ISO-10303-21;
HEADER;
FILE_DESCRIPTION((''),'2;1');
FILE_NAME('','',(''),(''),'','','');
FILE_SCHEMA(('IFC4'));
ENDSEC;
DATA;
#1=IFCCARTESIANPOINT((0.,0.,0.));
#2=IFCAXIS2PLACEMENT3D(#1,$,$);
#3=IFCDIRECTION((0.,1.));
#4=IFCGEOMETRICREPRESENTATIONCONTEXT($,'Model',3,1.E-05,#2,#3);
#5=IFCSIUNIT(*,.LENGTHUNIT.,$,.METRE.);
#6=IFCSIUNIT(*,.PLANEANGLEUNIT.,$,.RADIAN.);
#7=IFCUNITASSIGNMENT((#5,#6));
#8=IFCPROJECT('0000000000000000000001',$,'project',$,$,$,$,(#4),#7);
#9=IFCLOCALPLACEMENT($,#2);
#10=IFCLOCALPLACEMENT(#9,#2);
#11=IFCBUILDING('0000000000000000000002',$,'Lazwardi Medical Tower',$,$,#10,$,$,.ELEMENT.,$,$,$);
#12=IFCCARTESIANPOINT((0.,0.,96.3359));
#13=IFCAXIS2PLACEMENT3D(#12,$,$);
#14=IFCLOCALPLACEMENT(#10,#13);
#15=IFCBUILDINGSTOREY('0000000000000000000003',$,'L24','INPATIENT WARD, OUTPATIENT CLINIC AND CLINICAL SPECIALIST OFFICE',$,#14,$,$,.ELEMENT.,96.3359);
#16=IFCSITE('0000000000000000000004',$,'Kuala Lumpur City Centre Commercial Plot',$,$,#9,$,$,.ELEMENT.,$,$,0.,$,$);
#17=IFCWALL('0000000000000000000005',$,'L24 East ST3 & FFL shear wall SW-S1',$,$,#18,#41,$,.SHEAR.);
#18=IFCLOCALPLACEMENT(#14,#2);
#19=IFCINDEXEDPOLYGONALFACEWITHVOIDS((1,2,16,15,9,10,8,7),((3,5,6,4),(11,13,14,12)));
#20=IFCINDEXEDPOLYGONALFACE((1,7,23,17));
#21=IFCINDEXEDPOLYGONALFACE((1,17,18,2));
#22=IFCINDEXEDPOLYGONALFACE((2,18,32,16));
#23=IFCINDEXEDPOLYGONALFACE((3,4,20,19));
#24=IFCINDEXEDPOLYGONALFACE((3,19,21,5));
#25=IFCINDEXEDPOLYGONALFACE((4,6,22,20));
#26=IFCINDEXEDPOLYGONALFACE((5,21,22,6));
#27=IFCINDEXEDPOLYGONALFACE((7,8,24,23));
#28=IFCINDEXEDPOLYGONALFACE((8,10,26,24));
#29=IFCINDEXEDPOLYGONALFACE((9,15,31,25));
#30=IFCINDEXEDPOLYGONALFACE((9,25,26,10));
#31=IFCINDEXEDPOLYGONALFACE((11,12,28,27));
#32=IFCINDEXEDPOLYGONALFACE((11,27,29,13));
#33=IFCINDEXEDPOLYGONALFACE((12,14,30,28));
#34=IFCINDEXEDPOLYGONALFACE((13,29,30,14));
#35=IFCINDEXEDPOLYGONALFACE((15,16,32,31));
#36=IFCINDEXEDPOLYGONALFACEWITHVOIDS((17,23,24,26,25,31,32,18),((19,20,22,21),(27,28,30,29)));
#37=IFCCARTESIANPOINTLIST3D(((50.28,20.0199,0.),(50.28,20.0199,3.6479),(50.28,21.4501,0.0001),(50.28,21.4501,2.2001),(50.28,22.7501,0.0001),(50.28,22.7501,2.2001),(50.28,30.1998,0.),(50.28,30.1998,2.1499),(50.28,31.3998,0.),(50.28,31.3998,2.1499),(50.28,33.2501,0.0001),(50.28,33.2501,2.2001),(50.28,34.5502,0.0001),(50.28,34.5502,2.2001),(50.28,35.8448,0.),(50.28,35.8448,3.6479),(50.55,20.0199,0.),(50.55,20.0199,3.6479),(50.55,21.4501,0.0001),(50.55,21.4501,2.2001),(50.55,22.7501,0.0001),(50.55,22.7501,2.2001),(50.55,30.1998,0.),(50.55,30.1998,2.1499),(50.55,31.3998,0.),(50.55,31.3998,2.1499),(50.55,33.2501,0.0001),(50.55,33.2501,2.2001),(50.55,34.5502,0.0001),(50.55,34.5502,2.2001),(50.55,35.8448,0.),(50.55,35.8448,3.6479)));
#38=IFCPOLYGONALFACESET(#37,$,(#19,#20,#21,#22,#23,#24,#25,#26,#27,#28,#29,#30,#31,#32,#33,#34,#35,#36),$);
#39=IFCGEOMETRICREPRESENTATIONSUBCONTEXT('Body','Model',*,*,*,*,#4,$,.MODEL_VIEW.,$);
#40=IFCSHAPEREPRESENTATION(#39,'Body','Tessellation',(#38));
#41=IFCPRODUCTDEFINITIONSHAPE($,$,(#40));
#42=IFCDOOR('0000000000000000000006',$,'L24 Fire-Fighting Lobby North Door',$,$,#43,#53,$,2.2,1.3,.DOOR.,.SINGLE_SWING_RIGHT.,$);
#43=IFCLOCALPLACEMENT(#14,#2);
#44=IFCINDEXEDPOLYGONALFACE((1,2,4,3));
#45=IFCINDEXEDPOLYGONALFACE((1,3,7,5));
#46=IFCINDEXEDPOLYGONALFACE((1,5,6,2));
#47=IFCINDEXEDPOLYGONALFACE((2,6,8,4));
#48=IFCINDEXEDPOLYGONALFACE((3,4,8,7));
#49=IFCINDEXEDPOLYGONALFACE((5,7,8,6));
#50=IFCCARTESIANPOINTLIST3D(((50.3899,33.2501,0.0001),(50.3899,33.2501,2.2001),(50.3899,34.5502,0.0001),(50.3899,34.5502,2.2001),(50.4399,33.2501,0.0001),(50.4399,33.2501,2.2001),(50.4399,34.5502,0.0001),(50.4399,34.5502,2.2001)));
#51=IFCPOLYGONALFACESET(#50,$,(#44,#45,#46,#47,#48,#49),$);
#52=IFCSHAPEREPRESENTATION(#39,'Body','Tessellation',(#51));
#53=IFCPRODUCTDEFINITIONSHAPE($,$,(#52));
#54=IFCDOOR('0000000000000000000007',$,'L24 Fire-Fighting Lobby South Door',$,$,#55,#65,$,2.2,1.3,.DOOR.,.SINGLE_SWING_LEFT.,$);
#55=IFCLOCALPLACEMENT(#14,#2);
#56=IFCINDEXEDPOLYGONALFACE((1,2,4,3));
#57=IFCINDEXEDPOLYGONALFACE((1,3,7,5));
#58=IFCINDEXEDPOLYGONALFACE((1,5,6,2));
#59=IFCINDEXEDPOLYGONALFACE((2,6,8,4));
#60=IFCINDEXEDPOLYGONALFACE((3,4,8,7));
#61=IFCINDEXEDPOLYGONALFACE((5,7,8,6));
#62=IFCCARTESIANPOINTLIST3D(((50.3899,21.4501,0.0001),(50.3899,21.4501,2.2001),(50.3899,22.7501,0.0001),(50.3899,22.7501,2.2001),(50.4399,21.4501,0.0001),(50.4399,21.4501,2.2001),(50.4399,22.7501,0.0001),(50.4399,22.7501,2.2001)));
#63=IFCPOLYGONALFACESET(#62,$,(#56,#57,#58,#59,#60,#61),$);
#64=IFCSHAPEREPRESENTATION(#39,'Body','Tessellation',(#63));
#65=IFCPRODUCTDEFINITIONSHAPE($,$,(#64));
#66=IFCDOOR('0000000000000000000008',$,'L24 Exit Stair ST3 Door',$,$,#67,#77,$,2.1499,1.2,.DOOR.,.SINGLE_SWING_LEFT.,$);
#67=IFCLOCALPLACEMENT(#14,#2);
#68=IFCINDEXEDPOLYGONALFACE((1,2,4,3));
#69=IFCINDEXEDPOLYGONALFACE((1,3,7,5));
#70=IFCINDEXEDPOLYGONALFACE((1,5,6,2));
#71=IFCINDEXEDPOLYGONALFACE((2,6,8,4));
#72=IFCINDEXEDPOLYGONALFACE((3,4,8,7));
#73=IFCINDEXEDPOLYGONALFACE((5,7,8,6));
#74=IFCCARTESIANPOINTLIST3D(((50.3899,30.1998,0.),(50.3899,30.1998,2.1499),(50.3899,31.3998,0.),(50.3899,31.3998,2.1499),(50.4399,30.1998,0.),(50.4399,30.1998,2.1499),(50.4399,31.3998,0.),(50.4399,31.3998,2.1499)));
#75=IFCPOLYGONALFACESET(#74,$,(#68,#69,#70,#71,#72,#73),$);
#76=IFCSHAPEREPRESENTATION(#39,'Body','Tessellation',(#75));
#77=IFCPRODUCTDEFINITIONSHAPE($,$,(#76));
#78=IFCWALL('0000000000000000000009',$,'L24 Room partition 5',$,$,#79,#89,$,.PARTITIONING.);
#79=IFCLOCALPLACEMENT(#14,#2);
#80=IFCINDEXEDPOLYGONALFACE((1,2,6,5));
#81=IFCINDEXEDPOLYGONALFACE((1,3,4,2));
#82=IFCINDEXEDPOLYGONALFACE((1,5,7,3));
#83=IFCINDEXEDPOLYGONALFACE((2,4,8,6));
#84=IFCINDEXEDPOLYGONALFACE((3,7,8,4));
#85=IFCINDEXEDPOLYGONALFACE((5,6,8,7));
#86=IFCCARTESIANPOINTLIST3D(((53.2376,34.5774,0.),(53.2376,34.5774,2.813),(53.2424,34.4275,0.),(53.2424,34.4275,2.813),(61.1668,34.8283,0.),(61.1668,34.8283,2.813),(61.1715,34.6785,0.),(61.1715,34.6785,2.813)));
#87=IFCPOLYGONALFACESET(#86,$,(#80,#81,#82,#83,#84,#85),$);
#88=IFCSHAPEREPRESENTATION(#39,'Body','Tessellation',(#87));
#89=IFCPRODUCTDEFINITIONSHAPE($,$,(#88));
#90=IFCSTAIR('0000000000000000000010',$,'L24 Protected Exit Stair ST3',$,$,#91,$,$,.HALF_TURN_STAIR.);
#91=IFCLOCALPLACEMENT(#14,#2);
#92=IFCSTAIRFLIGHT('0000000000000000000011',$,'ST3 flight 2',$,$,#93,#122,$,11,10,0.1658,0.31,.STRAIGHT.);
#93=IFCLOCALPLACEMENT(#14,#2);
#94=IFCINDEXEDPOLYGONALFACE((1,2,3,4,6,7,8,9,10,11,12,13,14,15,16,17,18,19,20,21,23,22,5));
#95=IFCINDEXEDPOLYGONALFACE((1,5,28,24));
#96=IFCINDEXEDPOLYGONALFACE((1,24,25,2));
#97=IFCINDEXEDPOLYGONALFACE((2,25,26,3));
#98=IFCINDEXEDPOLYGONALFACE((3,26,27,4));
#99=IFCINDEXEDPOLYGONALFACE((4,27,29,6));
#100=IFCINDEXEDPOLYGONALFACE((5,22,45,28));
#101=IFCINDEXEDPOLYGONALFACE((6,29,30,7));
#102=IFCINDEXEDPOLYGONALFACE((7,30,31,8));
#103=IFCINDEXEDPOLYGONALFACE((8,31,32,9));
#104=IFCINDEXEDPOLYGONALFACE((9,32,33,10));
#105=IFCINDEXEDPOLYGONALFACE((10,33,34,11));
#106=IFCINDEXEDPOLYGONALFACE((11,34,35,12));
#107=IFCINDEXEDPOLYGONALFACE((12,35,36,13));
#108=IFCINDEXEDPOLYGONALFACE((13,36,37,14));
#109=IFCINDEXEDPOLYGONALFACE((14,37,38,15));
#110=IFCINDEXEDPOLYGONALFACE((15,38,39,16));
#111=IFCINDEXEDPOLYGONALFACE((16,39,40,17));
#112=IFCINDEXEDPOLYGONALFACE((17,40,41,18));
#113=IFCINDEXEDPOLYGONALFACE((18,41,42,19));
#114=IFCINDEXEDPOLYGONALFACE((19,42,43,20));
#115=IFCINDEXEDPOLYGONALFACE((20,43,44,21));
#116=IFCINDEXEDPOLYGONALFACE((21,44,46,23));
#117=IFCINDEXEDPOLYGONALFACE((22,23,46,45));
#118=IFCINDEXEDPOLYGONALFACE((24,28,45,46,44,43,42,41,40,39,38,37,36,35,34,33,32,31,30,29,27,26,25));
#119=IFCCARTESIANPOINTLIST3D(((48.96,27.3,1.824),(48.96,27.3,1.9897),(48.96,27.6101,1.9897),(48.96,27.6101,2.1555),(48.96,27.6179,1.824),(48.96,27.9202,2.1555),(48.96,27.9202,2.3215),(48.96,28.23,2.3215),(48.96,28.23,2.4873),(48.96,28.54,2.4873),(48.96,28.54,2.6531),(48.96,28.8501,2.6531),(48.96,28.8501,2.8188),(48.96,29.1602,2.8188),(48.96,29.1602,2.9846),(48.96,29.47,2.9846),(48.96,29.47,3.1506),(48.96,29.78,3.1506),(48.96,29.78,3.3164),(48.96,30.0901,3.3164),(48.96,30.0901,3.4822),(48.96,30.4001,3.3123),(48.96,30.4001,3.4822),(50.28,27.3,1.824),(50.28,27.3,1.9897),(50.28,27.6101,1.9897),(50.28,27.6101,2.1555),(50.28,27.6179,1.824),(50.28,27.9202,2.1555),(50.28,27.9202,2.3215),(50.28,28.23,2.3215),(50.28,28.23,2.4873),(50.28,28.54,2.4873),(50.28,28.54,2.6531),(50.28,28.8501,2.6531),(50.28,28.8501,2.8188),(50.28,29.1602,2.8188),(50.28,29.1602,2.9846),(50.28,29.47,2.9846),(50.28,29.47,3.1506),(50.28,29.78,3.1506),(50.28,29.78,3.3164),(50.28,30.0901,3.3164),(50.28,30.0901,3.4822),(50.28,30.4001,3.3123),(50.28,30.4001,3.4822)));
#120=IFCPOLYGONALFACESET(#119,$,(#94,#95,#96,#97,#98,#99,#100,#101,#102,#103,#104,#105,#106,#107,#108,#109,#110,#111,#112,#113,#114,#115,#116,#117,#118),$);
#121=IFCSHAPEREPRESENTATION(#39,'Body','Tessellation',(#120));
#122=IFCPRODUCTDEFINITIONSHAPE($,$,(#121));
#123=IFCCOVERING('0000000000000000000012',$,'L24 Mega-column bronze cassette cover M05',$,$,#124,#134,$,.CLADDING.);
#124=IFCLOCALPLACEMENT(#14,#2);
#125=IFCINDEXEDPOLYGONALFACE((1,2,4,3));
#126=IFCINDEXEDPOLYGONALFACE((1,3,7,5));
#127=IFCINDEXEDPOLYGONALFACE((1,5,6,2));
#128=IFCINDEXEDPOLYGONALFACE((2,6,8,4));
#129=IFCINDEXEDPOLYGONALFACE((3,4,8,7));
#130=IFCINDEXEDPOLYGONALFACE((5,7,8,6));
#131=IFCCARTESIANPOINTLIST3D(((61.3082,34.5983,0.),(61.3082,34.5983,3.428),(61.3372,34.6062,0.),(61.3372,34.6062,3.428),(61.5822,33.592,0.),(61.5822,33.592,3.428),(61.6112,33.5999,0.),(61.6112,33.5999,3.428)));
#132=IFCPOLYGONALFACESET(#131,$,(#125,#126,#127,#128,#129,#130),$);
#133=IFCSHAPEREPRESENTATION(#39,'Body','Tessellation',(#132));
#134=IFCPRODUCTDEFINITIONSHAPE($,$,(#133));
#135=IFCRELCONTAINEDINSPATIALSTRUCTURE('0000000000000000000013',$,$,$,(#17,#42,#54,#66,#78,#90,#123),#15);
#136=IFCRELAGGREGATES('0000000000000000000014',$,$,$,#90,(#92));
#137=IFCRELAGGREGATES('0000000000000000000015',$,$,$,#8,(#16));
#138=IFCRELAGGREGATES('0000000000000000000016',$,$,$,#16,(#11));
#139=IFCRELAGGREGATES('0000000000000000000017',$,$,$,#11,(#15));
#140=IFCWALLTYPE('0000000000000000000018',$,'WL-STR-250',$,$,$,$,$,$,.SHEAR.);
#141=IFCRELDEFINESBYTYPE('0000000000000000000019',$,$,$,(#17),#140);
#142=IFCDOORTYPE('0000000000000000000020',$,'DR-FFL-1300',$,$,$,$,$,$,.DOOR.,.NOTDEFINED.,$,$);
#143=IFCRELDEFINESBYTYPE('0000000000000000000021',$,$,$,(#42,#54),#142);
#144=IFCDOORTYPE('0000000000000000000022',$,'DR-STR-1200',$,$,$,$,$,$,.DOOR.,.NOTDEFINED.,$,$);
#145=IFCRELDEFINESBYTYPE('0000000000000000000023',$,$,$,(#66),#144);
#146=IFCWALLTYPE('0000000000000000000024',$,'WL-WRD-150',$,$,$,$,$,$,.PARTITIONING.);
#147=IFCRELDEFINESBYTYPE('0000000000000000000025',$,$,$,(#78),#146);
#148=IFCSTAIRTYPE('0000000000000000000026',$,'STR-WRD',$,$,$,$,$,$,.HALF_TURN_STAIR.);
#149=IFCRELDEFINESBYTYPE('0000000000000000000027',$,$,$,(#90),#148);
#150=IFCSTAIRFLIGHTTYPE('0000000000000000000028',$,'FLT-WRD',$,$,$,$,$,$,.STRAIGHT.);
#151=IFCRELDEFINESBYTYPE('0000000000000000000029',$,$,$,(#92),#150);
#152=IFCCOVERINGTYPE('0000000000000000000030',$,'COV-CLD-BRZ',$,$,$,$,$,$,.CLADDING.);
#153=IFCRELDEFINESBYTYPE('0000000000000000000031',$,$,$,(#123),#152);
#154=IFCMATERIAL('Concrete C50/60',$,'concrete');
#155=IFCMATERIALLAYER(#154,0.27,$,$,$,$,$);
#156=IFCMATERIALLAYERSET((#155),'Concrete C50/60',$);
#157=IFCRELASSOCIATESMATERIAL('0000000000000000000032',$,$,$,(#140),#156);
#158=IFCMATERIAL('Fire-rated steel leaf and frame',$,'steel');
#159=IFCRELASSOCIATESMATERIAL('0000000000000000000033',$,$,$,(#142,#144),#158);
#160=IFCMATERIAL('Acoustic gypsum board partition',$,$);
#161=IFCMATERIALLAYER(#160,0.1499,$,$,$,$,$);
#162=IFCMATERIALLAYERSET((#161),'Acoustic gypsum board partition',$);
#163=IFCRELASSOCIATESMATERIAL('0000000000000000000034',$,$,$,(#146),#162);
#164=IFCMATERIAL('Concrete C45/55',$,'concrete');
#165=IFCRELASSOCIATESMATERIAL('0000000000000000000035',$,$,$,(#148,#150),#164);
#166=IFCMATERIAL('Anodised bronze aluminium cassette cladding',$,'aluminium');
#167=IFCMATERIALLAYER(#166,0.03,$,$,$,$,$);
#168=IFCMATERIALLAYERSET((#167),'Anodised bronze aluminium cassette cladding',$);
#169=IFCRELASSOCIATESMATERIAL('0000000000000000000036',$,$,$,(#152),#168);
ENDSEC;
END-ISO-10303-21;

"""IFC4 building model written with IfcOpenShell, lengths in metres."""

from ifc_helpers import new_model, si_unit, direction, frame, frame_2d, origin, origin_2d, place, context, subcontext, project, spatial, polyline, rectangle, outline, extrude, material, layer, layer_set, type_object, element, fill, aggregate, save


model = new_model("IFC4")

# Units and contexts
model_context = context("Model", 3, precision=1e-05, world=origin(), true_north=direction((0.0, 1.0)))
body_context = subcontext(model_context, "Body", "Model", "MODEL_VIEW")
ifc_project = project(units=[si_unit("LENGTHUNIT", "METRE"), si_unit("PLANEANGLEUNIT", "RADIAN")], contexts=[model_context])

# Site, building, storey
site_placement = place(None, origin())
site = spatial("IfcSite", under=ifc_project, at=site_placement, Name="Kuala Lumpur City Centre Commercial Plot", CompositionType="ELEMENT", RefElevation=0.0)
building_placement = place(site_placement, origin())
building = spatial("IfcBuilding", under=site, at=building_placement, Name="Lazwardi Medical Tower", CompositionType="ELEMENT")
storey_placement = place(building_placement, frame((0.0, 0.0, 96.3359)))
storey = spatial("IfcBuildingStorey", under=building, at=storey_placement, Name="L24", Description="INPATIENT WARD, OUTPATIENT CLINIC AND CLINICAL SPECIALIST OFFICE", CompositionType="ELEMENT", Elevation=96.3359)

# Wall, openings, doors
ifc_material_1 = material(Name="Concrete C50/60", Category="concrete")
ifc_layer_1 = layer(ifc_material_1, 0.27)
ifc_layer_set_1 = layer_set([ifc_layer_1], Name="Concrete C50/60")
wall_type_1 = type_object("IfcWallType", Name="WL-STR-250", PredefinedType="SHEAR", material=ifc_layer_set_1)
wall_1_placement = place(storey_placement, frame((50.415, 35.845, 0.0), z_axis=(0.0, 0.0, 1.0), x_axis=(0.0, -1.0, 0.0)))
wall_1 = element("IfcWall", 1, at=wall_1_placement, inside=storey, type_object=wall_type_1, Name="L24 East ST3 & FFL shear wall SW-S1", PredefinedType="SHEAR", context=body_context, shape_type="SweptSolid", body=[
    extrude(rectangle(XDim=15.825, YDim=0.27, at=frame_2d((7.9126, 0.0))), origin(), (0.0, 0.0, 1.0), 3.6479),
])
opening_1_placement = place(wall_1_placement, frame((4.4451, 0.0, 0.0)))
opening_1 = element("IfcOpeningElement", 2, at=opening_1_placement, cuts=wall_1, PredefinedType="OPENING", context=body_context, shape_type="SweptSolid", body=[
    extrude(rectangle(XDim=1.2, YDim=2.1499, at=frame_2d((0.6001, 1.075))), frame((0.0, 0.145, 0.0), z_axis=(0.0, -1.0, 0.0), x_axis=(1.0, 0.0, 0.0)), (0.0, 0.0, 1.0), 0.29),
])
opening_2_placement = place(wall_1_placement, frame((1.2949, 0.0, 0.0)))
opening_2 = element("IfcOpeningElement", 3, at=opening_2_placement, cuts=wall_1, PredefinedType="OPENING", context=body_context, shape_type="SweptSolid", body=[
    extrude(rectangle(XDim=1.3, YDim=2.2, at=frame_2d((0.6499, 1.1001))), frame((0.0, 0.145, 0.0), z_axis=(0.0, -1.0, 0.0), x_axis=(1.0, 0.0, 0.0)), (0.0, 0.0, 1.0), 0.29),
])
opening_3_placement = place(wall_1_placement, frame((13.095, 0.0, 0.0)))
opening_3 = element("IfcOpeningElement", 4, at=opening_3_placement, cuts=wall_1, PredefinedType="OPENING", context=body_context, shape_type="SweptSolid", body=[
    extrude(rectangle(XDim=1.3, YDim=2.2, at=frame_2d((0.6499, 1.1001))), frame((0.0, 0.145, 0.0), z_axis=(0.0, -1.0, 0.0), x_axis=(1.0, 0.0, 0.0)), (0.0, 0.0, 1.0), 0.29),
])
ifc_material_2 = material(Name="Fire-rated steel leaf and frame", Category="steel")
door_type_1 = type_object("IfcDoorType", Name="DR-FFL-1300", OperationType="NOTDEFINED", PredefinedType="DOOR", material=ifc_material_2)
door_1_placement = place(opening_2_placement, origin())
door_1 = element("IfcDoor", 5, at=door_1_placement, inside=storey, type_object=door_type_1, Name="L24 Fire-Fighting Lobby North Door", OperationType="SINGLE_SWING_RIGHT", OverallHeight=2.2, OverallWidth=1.3, PredefinedType="DOOR", context=body_context, shape_type="SweptSolid", body=[
    extrude(rectangle(XDim=1.3, YDim=2.2, at=frame_2d((0.6499, 1.1001))), frame((0.0, 0.0249, 0.0), z_axis=(0.0, -1.0, 0.0), x_axis=(1.0, 0.0, 0.0)), (0.0, 0.0, 1.0), 0.05),
])
fill(opening_2, door_1)
door_2_placement = place(opening_3_placement, origin())
door_2 = element("IfcDoor", 6, at=door_2_placement, inside=storey, type_object=door_type_1, Name="L24 Fire-Fighting Lobby South Door", OperationType="SINGLE_SWING_LEFT", OverallHeight=2.2, OverallWidth=1.3, PredefinedType="DOOR", context=body_context, shape_type="SweptSolid", body=[
    extrude(rectangle(XDim=1.3, YDim=2.2, at=frame_2d((0.6499, 1.1001))), frame((0.0, 0.0249, 0.0), z_axis=(0.0, -1.0, 0.0), x_axis=(1.0, 0.0, 0.0)), (0.0, 0.0, 1.0), 0.05),
])
fill(opening_3, door_2)
door_type_2 = type_object("IfcDoorType", Name="DR-STR-1200", OperationType="NOTDEFINED", PredefinedType="DOOR", material=ifc_material_2)
door_3_placement = place(opening_1_placement, origin())
door_3 = element("IfcDoor", 7, at=door_3_placement, inside=storey, type_object=door_type_2, Name="L24 Exit Stair ST3 Door", OperationType="SINGLE_SWING_LEFT", OverallHeight=2.1499, OverallWidth=1.2, PredefinedType="DOOR", context=body_context, shape_type="SweptSolid", body=[
    extrude(rectangle(XDim=1.2, YDim=2.1499, at=frame_2d((0.6001, 1.075))), frame((0.0, 0.0249, 0.0), z_axis=(0.0, -1.0, 0.0), x_axis=(1.0, 0.0, 0.0)), (0.0, 0.0, 1.0), 0.05),
])
fill(opening_1, door_3)

# Wall
ifc_material_3 = material(Name="Acoustic gypsum board partition")
ifc_layer_2 = layer(ifc_material_3, 0.1499)
ifc_layer_set_2 = layer_set([ifc_layer_2], Name="Acoustic gypsum board partition")
wall_type_2 = type_object("IfcWallType", Name="WL-WRD-150", PredefinedType="PARTITIONING", material=ifc_layer_set_2)
wall_2_placement = place(storey_placement, frame((53.24, 34.5024, 0.0), z_axis=(0.0, 0.0, 1.0), x_axis=(0.999499, 0.031636, 0.0)))
element("IfcWall", 8, at=wall_2_placement, inside=storey, type_object=wall_type_2, Name="L24 Room partition 5", PredefinedType="PARTITIONING", context=body_context, shape_type="SweptSolid", body=[
    extrude(rectangle(XDim=7.9331, YDim=0.1499, at=frame_2d((3.9666, 0.0))), origin(), (0.0, 0.0, 1.0), 2.813),
])

# Stair, stair flight
ifc_material_4 = material(Name="Concrete C45/55", Category="concrete")
stair_type = type_object("IfcStairType", Name="STR-WRD", PredefinedType="HALF_TURN_STAIR", material=ifc_material_4)
stair_placement = place(storey_placement, origin())
stair = element("IfcStair", 9, at=stair_placement, inside=storey, type_object=stair_type, Name="L24 Protected Exit Stair ST3", PredefinedType="HALF_TURN_STAIR")
stair_flight_type = type_object("IfcStairFlightType", Name="FLT-WRD", PredefinedType="STRAIGHT", material=ifc_material_4)
stair_flight_placement = place(storey_placement, frame((49.6201, 27.3, 1.824), z_axis=(0.0, 0.0, 1.0), x_axis=(0.0, 1.0, 0.0)))
stair_flight = element("IfcStairFlight", 10, at=stair_flight_placement, type_object=stair_flight_type, Name="ST3 flight 2", NumberOfRisers=11, NumberOfTreads=10, PredefinedType="STRAIGHT", RiserHeight=0.1658, TreadLength=0.31, context=body_context, shape_type="SweptSolid", body=[
    extrude(outline(polyline([(0.0, 0.0), (0.0, 0.1658), (0.3101, 0.1658), (0.3101, 0.3315), (0.6201, 0.3315), (0.6201, 0.4976), (0.9299, 0.4976), (0.9299, 0.6633), (1.24, 0.6633), (1.24, 0.8291), (1.55, 0.8291), (1.55, 0.9949), (1.8601, 0.9949), (1.8601, 1.1606), (2.1699, 1.1606), (2.1699, 1.3267), (2.48, 1.3267), (2.48, 1.4924), (2.79, 1.4924), (2.79, 1.6582), (3.1001, 1.6582), (3.1001, 1.824), (3.1001, 1.4883), (0.3179, 0.0), (0.0, 0.0)])), frame((0.0, 0.6602, 0.0), z_axis=(0.0, -1.0, 0.0), x_axis=(1.0, 0.0, 0.0)), (0.0, 0.0, 1.0), 1.3201),
])
aggregate(stair, [stair_flight])

# Covering
ifc_material_5 = material(Name="Anodised bronze aluminium cassette cladding", Category="aluminium")
ifc_layer_3 = layer(ifc_material_5, 0.03)
ifc_layer_set_3 = layer_set([ifc_layer_3], Name="Anodised bronze aluminium cassette cladding")
covering_type = type_object("IfcCoveringType", Name="COV-CLD-BRZ", PredefinedType="CLADDING", material=ifc_layer_set_3)
covering_placement = place(storey_placement, frame((61.4597, 34.0991, 0.0), z_axis=(0.0, 0.0, 1.0), x_axis=(-0.262696, 0.964879, 0.0)))
element("IfcCovering", 11, at=covering_placement, inside=storey, type_object=covering_type, Name="L24 Mega-column bronze cassette cover M05", PredefinedType="CLADDING", context=body_context, shape_type="SweptSolid", body=[
    extrude(rectangle(XDim=1.043, YDim=0.03, at=origin_2d()), origin(), (0.0, 0.0, 1.0), 3.428),
])

save(model, "model.ifc")
